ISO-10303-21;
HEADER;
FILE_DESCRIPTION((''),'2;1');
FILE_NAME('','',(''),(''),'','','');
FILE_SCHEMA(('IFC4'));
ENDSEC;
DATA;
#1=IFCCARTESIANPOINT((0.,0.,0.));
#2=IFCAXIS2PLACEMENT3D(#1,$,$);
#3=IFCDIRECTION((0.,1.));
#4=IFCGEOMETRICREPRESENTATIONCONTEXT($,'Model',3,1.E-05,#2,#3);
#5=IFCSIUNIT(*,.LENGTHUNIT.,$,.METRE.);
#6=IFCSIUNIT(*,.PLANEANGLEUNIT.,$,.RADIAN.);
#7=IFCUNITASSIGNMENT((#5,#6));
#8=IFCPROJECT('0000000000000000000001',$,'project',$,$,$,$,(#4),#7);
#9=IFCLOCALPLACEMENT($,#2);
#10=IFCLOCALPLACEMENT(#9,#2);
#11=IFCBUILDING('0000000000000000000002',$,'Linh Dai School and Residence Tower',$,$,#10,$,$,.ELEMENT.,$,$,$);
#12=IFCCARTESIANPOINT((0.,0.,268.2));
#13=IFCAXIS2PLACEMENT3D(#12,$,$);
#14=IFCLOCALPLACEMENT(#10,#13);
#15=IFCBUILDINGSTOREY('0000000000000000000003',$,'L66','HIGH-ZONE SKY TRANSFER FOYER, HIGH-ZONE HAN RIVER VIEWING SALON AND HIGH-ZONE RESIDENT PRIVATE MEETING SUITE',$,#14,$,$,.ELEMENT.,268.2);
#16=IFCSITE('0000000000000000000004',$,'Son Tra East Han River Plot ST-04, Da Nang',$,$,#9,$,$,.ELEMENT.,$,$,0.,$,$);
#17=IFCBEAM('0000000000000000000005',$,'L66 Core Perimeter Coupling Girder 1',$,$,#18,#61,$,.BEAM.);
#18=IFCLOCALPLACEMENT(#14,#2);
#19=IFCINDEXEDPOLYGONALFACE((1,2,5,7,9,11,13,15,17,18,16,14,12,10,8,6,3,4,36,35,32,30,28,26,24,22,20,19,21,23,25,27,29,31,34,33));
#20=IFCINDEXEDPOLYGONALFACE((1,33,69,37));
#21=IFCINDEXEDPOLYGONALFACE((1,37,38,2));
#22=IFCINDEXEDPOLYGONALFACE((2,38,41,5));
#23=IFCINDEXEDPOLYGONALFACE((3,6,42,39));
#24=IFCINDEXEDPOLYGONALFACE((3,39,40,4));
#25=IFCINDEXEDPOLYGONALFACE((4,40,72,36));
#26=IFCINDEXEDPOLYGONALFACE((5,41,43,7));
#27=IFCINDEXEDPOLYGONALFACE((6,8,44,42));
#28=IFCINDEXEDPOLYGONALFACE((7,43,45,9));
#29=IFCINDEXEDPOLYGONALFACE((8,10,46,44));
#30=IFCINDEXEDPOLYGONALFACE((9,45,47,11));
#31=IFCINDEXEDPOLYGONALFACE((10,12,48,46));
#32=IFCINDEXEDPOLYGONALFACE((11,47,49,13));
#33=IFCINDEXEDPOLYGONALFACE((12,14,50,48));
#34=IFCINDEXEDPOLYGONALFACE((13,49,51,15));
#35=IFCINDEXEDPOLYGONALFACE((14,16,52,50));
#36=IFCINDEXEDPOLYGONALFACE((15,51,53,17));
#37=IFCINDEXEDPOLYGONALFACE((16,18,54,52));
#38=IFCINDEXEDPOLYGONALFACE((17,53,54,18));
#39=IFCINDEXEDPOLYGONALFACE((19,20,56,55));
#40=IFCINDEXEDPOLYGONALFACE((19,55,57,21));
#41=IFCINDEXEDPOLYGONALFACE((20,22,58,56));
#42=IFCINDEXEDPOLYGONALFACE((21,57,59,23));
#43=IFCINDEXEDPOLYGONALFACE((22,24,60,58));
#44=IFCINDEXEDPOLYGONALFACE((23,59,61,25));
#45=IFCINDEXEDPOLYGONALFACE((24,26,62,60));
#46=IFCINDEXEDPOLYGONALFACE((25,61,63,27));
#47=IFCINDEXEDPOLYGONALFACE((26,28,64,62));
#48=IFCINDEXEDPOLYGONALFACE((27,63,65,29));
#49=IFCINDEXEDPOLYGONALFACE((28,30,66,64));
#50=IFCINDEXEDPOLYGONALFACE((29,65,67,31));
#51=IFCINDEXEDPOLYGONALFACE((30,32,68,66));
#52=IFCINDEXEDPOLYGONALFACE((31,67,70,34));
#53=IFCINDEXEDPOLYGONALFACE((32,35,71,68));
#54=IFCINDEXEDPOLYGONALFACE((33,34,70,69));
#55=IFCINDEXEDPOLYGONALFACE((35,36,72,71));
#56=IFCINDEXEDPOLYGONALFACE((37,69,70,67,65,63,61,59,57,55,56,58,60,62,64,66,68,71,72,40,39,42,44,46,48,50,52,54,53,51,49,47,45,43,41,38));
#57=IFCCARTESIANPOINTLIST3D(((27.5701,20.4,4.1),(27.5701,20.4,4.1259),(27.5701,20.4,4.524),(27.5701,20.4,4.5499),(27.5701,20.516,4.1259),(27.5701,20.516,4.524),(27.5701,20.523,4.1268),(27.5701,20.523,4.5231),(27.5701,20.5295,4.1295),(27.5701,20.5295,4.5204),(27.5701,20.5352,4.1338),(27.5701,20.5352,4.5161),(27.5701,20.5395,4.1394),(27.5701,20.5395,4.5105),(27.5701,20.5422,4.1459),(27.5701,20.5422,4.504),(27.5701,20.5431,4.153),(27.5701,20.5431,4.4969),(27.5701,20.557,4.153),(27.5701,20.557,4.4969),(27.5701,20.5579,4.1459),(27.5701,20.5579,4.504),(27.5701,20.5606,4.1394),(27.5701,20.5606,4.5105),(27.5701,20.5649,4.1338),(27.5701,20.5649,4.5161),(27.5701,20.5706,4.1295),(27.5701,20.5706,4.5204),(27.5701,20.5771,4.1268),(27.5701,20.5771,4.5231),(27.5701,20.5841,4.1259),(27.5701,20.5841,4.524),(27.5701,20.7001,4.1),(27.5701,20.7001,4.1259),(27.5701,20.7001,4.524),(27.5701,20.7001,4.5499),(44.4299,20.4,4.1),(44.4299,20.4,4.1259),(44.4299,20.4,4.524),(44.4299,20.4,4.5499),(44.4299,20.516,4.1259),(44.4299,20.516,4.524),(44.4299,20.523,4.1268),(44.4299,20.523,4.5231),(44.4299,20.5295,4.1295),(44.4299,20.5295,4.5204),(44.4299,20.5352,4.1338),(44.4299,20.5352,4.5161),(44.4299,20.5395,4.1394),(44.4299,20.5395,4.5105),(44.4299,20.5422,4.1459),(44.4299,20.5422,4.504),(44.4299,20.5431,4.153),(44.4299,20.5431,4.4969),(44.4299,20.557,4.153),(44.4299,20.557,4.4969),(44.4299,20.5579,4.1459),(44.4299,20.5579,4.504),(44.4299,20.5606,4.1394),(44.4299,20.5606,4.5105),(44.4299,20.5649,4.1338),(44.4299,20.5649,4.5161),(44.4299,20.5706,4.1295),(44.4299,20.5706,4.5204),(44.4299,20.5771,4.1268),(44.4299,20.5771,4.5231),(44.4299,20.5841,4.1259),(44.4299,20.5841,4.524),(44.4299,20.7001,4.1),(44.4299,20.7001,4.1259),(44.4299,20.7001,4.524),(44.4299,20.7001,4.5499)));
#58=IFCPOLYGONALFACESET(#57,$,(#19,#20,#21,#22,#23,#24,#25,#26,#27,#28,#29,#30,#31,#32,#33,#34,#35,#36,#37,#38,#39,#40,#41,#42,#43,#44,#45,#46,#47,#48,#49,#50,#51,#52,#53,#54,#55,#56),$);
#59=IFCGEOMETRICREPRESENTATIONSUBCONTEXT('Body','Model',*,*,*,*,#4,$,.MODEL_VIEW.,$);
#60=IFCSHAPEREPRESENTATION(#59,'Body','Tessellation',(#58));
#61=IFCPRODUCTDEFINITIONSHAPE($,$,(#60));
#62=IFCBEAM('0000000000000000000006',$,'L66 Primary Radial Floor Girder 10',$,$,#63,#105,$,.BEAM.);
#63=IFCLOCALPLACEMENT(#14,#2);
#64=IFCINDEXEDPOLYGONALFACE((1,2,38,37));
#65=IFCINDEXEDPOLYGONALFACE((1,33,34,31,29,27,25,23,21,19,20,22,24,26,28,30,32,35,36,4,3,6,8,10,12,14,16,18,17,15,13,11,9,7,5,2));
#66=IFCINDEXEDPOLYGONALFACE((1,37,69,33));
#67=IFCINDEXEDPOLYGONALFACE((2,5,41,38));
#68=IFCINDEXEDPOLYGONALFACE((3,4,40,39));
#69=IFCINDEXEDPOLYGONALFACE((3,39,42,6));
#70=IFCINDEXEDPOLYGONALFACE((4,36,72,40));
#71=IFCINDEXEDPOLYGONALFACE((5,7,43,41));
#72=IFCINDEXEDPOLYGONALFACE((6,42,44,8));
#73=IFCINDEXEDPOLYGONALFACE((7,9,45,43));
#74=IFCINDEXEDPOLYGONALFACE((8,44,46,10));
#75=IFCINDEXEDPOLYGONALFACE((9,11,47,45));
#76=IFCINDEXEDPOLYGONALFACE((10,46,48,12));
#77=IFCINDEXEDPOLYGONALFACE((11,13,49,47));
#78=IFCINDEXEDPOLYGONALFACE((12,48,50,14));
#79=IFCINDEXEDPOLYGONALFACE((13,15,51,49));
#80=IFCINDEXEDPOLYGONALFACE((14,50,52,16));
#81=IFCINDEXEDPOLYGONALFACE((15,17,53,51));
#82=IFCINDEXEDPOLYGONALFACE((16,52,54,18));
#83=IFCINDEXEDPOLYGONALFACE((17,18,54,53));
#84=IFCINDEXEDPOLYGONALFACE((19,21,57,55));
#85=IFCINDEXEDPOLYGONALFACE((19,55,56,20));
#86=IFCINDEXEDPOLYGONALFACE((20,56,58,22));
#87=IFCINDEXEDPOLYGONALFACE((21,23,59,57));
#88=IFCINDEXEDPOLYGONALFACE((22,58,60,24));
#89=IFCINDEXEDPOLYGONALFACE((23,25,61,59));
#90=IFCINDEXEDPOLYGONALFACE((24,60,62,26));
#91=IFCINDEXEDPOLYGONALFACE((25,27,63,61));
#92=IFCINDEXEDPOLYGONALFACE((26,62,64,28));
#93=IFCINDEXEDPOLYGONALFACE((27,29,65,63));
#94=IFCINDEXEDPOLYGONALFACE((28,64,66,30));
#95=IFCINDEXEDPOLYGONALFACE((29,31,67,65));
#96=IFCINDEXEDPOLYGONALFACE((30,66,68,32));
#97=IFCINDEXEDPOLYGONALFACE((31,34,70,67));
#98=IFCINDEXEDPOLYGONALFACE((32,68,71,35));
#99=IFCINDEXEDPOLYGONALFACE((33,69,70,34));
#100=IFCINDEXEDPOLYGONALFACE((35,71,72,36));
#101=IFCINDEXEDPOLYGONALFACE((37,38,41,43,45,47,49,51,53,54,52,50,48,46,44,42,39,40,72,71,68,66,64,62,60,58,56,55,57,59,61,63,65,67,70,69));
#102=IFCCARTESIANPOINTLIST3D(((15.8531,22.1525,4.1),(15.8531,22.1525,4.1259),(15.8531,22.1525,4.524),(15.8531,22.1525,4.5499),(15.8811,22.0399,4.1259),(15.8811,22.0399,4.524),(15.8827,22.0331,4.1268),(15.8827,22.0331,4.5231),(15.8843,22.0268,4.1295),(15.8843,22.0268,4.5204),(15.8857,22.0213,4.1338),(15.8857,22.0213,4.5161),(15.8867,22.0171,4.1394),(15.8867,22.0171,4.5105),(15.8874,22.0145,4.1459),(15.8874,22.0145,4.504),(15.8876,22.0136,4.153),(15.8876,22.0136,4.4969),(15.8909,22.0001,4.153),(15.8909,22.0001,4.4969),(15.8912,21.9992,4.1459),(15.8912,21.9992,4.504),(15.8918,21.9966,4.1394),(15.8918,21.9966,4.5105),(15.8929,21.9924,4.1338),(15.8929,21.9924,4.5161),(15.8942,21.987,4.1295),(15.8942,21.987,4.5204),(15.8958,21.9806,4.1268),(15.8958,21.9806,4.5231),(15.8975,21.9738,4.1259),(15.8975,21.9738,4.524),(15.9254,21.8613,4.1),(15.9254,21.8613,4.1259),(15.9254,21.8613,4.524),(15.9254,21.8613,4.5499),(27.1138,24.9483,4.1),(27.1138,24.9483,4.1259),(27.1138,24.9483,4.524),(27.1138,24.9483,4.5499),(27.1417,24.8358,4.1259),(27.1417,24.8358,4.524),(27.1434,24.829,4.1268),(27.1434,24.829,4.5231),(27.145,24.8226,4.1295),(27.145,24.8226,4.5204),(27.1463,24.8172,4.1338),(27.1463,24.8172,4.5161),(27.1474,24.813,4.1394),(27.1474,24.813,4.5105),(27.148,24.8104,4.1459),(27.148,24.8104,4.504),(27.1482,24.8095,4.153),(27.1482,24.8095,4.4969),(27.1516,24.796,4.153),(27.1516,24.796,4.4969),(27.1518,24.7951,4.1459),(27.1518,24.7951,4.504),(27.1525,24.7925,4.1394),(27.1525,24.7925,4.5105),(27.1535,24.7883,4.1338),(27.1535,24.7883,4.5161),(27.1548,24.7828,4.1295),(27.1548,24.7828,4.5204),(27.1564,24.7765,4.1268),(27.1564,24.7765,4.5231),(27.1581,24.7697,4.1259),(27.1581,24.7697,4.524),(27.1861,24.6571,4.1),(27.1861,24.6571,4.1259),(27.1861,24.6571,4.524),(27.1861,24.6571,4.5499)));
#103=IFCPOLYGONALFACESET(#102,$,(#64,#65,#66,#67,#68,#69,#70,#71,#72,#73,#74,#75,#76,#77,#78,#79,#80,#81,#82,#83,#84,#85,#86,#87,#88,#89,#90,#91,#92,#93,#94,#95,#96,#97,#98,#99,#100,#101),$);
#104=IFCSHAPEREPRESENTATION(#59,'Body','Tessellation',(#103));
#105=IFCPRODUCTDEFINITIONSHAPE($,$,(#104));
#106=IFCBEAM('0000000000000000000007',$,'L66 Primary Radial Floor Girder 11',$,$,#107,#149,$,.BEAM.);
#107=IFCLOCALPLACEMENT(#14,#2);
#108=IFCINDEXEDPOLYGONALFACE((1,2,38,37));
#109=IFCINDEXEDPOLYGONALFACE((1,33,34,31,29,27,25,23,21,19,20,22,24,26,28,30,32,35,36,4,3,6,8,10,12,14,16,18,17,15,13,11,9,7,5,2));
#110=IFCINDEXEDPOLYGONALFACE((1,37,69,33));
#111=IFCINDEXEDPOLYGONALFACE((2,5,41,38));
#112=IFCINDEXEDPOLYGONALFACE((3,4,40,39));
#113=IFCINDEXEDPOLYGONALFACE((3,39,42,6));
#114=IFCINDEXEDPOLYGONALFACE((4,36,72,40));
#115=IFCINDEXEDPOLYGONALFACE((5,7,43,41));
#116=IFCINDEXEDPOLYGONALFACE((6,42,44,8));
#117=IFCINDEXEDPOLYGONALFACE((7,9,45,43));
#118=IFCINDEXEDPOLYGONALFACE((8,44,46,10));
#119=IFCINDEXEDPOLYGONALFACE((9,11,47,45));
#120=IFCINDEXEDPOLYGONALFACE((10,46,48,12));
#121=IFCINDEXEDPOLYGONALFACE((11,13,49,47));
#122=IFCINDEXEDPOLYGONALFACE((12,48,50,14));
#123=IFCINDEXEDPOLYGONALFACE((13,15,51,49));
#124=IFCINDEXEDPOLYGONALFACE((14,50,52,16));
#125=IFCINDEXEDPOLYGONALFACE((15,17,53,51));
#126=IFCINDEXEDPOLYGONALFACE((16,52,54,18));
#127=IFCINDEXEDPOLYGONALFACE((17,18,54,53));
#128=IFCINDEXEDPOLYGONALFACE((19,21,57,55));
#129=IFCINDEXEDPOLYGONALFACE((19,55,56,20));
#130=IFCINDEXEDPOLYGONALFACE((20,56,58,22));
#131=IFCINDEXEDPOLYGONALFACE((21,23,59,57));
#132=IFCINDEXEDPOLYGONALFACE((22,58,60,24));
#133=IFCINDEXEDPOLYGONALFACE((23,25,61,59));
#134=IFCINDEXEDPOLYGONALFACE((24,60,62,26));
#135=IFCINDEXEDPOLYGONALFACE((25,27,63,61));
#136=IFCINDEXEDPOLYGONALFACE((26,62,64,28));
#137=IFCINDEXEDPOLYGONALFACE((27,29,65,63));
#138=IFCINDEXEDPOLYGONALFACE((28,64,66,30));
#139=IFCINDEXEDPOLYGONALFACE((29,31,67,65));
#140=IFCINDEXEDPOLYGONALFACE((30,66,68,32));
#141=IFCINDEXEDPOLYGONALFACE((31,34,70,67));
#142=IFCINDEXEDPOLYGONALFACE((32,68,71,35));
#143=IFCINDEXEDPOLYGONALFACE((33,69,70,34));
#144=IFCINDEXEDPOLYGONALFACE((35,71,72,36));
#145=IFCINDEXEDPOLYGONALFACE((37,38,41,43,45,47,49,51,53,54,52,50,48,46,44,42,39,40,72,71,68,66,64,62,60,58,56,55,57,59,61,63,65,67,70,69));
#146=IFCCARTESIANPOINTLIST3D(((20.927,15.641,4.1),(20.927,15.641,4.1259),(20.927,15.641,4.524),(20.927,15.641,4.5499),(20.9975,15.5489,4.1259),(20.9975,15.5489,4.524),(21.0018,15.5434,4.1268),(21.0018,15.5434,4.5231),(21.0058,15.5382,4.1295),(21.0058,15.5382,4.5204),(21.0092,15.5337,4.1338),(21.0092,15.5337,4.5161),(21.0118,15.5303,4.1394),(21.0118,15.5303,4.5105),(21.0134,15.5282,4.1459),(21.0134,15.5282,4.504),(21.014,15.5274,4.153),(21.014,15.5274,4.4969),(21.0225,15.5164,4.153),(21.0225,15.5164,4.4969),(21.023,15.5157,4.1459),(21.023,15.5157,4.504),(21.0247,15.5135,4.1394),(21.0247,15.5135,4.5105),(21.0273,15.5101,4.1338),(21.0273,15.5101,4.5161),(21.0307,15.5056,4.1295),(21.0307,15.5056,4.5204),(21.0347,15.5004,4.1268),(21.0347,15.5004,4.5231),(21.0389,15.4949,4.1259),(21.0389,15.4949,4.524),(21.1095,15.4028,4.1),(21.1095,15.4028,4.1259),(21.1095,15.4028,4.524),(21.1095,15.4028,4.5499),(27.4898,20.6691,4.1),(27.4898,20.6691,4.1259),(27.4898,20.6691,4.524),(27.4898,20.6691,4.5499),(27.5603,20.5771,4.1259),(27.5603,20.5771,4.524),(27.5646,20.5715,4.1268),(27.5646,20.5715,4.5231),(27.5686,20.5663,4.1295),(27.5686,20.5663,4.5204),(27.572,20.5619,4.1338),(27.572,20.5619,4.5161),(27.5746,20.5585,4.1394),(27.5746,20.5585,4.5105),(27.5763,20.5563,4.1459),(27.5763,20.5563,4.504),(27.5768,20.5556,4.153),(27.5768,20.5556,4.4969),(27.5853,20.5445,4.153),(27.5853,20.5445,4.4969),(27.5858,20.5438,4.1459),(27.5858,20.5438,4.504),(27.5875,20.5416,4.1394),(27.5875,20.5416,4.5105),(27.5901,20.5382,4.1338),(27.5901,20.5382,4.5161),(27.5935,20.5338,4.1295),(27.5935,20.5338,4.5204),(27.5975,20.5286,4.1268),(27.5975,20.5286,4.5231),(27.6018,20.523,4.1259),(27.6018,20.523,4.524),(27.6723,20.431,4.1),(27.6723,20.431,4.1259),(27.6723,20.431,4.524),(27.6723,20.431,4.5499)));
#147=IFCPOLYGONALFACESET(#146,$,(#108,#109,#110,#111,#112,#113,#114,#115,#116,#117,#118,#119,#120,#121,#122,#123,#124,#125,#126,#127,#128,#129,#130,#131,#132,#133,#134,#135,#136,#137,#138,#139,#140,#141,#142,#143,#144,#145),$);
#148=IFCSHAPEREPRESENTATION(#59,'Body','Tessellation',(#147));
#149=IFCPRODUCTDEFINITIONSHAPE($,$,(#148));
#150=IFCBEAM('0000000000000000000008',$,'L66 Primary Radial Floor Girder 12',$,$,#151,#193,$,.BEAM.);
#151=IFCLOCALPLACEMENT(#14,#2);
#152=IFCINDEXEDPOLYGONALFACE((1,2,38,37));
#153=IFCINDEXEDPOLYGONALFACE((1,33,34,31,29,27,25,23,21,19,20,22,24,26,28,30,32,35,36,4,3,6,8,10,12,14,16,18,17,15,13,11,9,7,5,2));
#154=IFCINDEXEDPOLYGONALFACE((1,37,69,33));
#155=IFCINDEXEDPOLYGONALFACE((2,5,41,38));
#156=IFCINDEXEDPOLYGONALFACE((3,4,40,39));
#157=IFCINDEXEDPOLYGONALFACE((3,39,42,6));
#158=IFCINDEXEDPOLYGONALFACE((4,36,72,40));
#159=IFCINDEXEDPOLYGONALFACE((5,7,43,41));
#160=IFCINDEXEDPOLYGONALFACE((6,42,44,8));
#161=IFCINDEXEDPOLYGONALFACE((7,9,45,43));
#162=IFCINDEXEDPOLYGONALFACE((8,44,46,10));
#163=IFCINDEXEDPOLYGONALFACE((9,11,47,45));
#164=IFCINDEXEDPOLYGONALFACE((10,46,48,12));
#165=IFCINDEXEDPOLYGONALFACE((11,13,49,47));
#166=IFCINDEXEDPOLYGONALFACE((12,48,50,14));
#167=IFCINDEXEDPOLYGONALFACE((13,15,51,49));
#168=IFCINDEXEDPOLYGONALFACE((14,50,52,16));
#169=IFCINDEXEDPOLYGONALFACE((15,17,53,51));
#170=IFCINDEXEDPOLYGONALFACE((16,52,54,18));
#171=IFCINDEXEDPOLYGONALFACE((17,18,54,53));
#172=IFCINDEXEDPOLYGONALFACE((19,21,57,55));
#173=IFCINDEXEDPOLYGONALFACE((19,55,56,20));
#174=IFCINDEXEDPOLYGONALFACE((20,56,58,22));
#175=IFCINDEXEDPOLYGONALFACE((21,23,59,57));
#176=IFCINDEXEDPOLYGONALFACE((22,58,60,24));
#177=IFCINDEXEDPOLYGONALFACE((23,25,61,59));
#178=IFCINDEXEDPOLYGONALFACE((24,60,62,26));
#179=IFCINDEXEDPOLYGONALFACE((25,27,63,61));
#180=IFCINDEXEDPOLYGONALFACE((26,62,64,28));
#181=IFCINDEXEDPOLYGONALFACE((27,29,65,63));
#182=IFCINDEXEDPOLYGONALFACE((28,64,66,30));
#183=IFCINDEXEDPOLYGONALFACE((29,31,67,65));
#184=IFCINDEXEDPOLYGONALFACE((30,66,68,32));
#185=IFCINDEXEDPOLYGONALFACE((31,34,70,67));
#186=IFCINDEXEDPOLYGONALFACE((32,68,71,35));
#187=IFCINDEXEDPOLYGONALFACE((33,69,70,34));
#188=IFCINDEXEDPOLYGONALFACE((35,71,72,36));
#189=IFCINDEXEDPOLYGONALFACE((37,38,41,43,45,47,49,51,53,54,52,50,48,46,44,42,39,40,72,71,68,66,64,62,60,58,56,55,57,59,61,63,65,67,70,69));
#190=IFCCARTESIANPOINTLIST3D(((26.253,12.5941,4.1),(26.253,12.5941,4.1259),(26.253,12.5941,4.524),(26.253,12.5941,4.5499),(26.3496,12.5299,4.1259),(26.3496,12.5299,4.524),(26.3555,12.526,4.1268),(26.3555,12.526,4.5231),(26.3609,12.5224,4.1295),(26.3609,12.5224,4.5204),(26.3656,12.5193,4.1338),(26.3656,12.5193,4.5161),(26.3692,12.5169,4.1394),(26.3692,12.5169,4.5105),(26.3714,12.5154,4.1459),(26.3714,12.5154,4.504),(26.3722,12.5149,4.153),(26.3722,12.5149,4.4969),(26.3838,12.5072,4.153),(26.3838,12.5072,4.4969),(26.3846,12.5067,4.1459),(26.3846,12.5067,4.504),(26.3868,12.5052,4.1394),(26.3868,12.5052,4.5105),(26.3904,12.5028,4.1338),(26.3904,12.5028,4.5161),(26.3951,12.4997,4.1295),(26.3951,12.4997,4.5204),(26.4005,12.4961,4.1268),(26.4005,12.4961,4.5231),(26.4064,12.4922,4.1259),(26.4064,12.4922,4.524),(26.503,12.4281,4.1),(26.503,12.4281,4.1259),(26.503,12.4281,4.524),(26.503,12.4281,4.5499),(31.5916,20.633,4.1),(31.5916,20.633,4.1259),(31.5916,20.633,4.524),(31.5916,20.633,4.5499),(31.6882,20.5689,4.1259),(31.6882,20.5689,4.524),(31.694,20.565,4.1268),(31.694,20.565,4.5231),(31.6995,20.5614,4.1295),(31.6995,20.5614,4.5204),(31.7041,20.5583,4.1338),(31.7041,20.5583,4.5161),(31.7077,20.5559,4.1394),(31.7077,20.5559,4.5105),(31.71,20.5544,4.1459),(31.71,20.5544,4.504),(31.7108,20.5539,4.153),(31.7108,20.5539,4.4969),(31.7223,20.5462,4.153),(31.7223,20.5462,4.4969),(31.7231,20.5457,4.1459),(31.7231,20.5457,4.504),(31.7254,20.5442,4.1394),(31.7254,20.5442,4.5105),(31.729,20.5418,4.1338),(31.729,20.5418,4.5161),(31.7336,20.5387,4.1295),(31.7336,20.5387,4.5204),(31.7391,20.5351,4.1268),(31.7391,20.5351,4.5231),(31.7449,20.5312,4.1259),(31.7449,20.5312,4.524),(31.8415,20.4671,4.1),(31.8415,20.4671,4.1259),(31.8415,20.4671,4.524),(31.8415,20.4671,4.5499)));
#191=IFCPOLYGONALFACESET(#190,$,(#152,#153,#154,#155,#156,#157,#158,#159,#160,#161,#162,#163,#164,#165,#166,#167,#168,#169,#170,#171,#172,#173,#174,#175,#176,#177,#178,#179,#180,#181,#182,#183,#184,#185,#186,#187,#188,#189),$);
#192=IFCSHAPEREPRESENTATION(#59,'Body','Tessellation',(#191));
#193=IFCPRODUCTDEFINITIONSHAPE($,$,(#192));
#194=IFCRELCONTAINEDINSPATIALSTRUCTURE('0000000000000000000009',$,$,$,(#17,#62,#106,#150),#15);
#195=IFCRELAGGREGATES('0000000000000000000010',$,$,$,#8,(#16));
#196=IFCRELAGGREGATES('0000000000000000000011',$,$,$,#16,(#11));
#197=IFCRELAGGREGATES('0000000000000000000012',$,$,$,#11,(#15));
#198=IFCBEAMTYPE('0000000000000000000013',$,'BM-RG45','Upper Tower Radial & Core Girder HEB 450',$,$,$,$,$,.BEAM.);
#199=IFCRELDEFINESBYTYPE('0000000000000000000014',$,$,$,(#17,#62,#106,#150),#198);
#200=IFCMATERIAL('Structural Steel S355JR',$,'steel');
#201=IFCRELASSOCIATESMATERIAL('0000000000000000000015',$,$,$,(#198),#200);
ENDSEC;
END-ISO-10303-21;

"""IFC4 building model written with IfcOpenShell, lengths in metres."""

from ifc_helpers import new_model, si_unit, direction, frame, origin, origin_2d, place, context, subcontext, project, spatial, i_section, extrude, material, material_profile, profile_set, type_object, element, save


model = new_model("IFC4")

# Units and contexts
model_context = context("Model", 3, precision=1e-05, world=origin(), true_north=direction((0.0, 1.0)))
body_context = subcontext(model_context, "Body", "Model", "MODEL_VIEW")
ifc_project = project(units=[si_unit("LENGTHUNIT", "METRE"), si_unit("PLANEANGLEUNIT", "RADIAN")], contexts=[model_context])

# Site, building, storey
site_placement = place(None, origin())
site = spatial("IfcSite", under=ifc_project, at=site_placement, Name="Son Tra East Han River Plot ST-04, Da Nang", CompositionType="ELEMENT", RefElevation=0.0)
building_placement = place(site_placement, origin())
building = spatial("IfcBuilding", under=site, at=building_placement, Name="Linh Dai School and Residence Tower", CompositionType="ELEMENT")
storey_placement = place(building_placement, frame((0.0, 0.0, 268.2)))
storey = spatial("IfcBuildingStorey", under=building, at=storey_placement, Name="L66", Description="HIGH-ZONE SKY TRANSFER FOYER, HIGH-ZONE HAN RIVER VIEWING SALON AND HIGH-ZONE RESIDENT PRIVATE MEETING SUITE", CompositionType="ELEMENT", Elevation=268.2)

# Shared definitions
ifc_material_1 = material(Name="Structural Steel S355JR", Category="steel")

# Beams
ifc_material_profile_1 = material_profile(ifc_material_1, i_section(OverallWidth=0.3, OverallDepth=0.45, WebThickness=0.0139, FlangeThickness=0.0259, FilletRadius=0.0271, at=origin_2d()), Name="HEB 450")
ifc_profile_set_1 = profile_set([ifc_material_profile_1], Name="Structural Steel S355JR")
beam_type_1 = type_object("IfcBeamType", Name="BM-RG45", Description="Upper Tower Radial & Core Girder HEB 450", PredefinedType="BEAM", material=ifc_profile_set_1)
beam_1_placement = place(storey_placement, frame((27.5701, 20.55, 4.325), z_axis=(1.0, 0.0, 0.0), x_axis=(0.0, 1.0, 0.0)))
element("IfcBeam", 1, at=beam_1_placement, inside=storey, type_object=beam_type_1, Name="L66 Core Perimeter Coupling Girder 1", PredefinedType="BEAM", context=body_context, shape_type="SweptSolid", body=[
    extrude(i_section(OverallWidth=0.3, OverallDepth=0.45, WebThickness=0.0139, FlangeThickness=0.0259, FilletRadius=0.0271, at=origin_2d()), origin(), (0.0, 0.0, 1.0), 16.8599),
])
beam_2_placement = place(storey_placement, frame((27.1499, 24.8027, 4.325), z_axis=(-0.970532, -0.240971, 0.0), x_axis=(0.240971, -0.970532, 0.0)))
element("IfcBeam", 2, at=beam_2_placement, inside=storey, type_object=beam_type_1, Name="L66 Primary Radial Floor Girder 10", PredefinedType="BEAM", context=body_context, shape_type="SweptSolid", body=[
    extrude(i_section(OverallWidth=0.3, OverallDepth=0.45, WebThickness=0.0139, FlangeThickness=0.0259, FilletRadius=0.0271, at=origin_2d()), origin(), (0.0, 0.0, 1.0), 11.6025),
])
beam_3_placement = place(storey_placement, frame((27.5811, 20.55, 4.325), z_axis=(-0.793803, -0.608175, 0.0), x_axis=(0.608175, -0.793803, 0.0)))
element("IfcBeam", 3, at=beam_3_placement, inside=storey, type_object=beam_type_1, Name="L66 Primary Radial Floor Girder 11", PredefinedType="BEAM", context=body_context, shape_type="SweptSolid", body=[
    extrude(i_section(OverallWidth=0.3, OverallDepth=0.45, WebThickness=0.0139, FlangeThickness=0.0259, FilletRadius=0.0271, at=origin_2d()), origin(), (0.0, 0.0, 1.0), 8.2676),
])
beam_4_placement = place(storey_placement, frame((31.7166, 20.55, 4.325), z_axis=(-0.553211, -0.833041, 0.0), x_axis=(0.833041, -0.553211, 0.0)))
element("IfcBeam", 4, at=beam_4_placement, inside=storey, type_object=beam_type_1, Name="L66 Primary Radial Floor Girder 12", PredefinedType="BEAM", context=body_context, shape_type="SweptSolid", body=[
    extrude(i_section(OverallWidth=0.3, OverallDepth=0.45, WebThickness=0.0139, FlangeThickness=0.0259, FilletRadius=0.0271, at=origin_2d()), origin(), (0.0, 0.0, 1.0), 9.6501),
])

save(model, "model.ifc")
